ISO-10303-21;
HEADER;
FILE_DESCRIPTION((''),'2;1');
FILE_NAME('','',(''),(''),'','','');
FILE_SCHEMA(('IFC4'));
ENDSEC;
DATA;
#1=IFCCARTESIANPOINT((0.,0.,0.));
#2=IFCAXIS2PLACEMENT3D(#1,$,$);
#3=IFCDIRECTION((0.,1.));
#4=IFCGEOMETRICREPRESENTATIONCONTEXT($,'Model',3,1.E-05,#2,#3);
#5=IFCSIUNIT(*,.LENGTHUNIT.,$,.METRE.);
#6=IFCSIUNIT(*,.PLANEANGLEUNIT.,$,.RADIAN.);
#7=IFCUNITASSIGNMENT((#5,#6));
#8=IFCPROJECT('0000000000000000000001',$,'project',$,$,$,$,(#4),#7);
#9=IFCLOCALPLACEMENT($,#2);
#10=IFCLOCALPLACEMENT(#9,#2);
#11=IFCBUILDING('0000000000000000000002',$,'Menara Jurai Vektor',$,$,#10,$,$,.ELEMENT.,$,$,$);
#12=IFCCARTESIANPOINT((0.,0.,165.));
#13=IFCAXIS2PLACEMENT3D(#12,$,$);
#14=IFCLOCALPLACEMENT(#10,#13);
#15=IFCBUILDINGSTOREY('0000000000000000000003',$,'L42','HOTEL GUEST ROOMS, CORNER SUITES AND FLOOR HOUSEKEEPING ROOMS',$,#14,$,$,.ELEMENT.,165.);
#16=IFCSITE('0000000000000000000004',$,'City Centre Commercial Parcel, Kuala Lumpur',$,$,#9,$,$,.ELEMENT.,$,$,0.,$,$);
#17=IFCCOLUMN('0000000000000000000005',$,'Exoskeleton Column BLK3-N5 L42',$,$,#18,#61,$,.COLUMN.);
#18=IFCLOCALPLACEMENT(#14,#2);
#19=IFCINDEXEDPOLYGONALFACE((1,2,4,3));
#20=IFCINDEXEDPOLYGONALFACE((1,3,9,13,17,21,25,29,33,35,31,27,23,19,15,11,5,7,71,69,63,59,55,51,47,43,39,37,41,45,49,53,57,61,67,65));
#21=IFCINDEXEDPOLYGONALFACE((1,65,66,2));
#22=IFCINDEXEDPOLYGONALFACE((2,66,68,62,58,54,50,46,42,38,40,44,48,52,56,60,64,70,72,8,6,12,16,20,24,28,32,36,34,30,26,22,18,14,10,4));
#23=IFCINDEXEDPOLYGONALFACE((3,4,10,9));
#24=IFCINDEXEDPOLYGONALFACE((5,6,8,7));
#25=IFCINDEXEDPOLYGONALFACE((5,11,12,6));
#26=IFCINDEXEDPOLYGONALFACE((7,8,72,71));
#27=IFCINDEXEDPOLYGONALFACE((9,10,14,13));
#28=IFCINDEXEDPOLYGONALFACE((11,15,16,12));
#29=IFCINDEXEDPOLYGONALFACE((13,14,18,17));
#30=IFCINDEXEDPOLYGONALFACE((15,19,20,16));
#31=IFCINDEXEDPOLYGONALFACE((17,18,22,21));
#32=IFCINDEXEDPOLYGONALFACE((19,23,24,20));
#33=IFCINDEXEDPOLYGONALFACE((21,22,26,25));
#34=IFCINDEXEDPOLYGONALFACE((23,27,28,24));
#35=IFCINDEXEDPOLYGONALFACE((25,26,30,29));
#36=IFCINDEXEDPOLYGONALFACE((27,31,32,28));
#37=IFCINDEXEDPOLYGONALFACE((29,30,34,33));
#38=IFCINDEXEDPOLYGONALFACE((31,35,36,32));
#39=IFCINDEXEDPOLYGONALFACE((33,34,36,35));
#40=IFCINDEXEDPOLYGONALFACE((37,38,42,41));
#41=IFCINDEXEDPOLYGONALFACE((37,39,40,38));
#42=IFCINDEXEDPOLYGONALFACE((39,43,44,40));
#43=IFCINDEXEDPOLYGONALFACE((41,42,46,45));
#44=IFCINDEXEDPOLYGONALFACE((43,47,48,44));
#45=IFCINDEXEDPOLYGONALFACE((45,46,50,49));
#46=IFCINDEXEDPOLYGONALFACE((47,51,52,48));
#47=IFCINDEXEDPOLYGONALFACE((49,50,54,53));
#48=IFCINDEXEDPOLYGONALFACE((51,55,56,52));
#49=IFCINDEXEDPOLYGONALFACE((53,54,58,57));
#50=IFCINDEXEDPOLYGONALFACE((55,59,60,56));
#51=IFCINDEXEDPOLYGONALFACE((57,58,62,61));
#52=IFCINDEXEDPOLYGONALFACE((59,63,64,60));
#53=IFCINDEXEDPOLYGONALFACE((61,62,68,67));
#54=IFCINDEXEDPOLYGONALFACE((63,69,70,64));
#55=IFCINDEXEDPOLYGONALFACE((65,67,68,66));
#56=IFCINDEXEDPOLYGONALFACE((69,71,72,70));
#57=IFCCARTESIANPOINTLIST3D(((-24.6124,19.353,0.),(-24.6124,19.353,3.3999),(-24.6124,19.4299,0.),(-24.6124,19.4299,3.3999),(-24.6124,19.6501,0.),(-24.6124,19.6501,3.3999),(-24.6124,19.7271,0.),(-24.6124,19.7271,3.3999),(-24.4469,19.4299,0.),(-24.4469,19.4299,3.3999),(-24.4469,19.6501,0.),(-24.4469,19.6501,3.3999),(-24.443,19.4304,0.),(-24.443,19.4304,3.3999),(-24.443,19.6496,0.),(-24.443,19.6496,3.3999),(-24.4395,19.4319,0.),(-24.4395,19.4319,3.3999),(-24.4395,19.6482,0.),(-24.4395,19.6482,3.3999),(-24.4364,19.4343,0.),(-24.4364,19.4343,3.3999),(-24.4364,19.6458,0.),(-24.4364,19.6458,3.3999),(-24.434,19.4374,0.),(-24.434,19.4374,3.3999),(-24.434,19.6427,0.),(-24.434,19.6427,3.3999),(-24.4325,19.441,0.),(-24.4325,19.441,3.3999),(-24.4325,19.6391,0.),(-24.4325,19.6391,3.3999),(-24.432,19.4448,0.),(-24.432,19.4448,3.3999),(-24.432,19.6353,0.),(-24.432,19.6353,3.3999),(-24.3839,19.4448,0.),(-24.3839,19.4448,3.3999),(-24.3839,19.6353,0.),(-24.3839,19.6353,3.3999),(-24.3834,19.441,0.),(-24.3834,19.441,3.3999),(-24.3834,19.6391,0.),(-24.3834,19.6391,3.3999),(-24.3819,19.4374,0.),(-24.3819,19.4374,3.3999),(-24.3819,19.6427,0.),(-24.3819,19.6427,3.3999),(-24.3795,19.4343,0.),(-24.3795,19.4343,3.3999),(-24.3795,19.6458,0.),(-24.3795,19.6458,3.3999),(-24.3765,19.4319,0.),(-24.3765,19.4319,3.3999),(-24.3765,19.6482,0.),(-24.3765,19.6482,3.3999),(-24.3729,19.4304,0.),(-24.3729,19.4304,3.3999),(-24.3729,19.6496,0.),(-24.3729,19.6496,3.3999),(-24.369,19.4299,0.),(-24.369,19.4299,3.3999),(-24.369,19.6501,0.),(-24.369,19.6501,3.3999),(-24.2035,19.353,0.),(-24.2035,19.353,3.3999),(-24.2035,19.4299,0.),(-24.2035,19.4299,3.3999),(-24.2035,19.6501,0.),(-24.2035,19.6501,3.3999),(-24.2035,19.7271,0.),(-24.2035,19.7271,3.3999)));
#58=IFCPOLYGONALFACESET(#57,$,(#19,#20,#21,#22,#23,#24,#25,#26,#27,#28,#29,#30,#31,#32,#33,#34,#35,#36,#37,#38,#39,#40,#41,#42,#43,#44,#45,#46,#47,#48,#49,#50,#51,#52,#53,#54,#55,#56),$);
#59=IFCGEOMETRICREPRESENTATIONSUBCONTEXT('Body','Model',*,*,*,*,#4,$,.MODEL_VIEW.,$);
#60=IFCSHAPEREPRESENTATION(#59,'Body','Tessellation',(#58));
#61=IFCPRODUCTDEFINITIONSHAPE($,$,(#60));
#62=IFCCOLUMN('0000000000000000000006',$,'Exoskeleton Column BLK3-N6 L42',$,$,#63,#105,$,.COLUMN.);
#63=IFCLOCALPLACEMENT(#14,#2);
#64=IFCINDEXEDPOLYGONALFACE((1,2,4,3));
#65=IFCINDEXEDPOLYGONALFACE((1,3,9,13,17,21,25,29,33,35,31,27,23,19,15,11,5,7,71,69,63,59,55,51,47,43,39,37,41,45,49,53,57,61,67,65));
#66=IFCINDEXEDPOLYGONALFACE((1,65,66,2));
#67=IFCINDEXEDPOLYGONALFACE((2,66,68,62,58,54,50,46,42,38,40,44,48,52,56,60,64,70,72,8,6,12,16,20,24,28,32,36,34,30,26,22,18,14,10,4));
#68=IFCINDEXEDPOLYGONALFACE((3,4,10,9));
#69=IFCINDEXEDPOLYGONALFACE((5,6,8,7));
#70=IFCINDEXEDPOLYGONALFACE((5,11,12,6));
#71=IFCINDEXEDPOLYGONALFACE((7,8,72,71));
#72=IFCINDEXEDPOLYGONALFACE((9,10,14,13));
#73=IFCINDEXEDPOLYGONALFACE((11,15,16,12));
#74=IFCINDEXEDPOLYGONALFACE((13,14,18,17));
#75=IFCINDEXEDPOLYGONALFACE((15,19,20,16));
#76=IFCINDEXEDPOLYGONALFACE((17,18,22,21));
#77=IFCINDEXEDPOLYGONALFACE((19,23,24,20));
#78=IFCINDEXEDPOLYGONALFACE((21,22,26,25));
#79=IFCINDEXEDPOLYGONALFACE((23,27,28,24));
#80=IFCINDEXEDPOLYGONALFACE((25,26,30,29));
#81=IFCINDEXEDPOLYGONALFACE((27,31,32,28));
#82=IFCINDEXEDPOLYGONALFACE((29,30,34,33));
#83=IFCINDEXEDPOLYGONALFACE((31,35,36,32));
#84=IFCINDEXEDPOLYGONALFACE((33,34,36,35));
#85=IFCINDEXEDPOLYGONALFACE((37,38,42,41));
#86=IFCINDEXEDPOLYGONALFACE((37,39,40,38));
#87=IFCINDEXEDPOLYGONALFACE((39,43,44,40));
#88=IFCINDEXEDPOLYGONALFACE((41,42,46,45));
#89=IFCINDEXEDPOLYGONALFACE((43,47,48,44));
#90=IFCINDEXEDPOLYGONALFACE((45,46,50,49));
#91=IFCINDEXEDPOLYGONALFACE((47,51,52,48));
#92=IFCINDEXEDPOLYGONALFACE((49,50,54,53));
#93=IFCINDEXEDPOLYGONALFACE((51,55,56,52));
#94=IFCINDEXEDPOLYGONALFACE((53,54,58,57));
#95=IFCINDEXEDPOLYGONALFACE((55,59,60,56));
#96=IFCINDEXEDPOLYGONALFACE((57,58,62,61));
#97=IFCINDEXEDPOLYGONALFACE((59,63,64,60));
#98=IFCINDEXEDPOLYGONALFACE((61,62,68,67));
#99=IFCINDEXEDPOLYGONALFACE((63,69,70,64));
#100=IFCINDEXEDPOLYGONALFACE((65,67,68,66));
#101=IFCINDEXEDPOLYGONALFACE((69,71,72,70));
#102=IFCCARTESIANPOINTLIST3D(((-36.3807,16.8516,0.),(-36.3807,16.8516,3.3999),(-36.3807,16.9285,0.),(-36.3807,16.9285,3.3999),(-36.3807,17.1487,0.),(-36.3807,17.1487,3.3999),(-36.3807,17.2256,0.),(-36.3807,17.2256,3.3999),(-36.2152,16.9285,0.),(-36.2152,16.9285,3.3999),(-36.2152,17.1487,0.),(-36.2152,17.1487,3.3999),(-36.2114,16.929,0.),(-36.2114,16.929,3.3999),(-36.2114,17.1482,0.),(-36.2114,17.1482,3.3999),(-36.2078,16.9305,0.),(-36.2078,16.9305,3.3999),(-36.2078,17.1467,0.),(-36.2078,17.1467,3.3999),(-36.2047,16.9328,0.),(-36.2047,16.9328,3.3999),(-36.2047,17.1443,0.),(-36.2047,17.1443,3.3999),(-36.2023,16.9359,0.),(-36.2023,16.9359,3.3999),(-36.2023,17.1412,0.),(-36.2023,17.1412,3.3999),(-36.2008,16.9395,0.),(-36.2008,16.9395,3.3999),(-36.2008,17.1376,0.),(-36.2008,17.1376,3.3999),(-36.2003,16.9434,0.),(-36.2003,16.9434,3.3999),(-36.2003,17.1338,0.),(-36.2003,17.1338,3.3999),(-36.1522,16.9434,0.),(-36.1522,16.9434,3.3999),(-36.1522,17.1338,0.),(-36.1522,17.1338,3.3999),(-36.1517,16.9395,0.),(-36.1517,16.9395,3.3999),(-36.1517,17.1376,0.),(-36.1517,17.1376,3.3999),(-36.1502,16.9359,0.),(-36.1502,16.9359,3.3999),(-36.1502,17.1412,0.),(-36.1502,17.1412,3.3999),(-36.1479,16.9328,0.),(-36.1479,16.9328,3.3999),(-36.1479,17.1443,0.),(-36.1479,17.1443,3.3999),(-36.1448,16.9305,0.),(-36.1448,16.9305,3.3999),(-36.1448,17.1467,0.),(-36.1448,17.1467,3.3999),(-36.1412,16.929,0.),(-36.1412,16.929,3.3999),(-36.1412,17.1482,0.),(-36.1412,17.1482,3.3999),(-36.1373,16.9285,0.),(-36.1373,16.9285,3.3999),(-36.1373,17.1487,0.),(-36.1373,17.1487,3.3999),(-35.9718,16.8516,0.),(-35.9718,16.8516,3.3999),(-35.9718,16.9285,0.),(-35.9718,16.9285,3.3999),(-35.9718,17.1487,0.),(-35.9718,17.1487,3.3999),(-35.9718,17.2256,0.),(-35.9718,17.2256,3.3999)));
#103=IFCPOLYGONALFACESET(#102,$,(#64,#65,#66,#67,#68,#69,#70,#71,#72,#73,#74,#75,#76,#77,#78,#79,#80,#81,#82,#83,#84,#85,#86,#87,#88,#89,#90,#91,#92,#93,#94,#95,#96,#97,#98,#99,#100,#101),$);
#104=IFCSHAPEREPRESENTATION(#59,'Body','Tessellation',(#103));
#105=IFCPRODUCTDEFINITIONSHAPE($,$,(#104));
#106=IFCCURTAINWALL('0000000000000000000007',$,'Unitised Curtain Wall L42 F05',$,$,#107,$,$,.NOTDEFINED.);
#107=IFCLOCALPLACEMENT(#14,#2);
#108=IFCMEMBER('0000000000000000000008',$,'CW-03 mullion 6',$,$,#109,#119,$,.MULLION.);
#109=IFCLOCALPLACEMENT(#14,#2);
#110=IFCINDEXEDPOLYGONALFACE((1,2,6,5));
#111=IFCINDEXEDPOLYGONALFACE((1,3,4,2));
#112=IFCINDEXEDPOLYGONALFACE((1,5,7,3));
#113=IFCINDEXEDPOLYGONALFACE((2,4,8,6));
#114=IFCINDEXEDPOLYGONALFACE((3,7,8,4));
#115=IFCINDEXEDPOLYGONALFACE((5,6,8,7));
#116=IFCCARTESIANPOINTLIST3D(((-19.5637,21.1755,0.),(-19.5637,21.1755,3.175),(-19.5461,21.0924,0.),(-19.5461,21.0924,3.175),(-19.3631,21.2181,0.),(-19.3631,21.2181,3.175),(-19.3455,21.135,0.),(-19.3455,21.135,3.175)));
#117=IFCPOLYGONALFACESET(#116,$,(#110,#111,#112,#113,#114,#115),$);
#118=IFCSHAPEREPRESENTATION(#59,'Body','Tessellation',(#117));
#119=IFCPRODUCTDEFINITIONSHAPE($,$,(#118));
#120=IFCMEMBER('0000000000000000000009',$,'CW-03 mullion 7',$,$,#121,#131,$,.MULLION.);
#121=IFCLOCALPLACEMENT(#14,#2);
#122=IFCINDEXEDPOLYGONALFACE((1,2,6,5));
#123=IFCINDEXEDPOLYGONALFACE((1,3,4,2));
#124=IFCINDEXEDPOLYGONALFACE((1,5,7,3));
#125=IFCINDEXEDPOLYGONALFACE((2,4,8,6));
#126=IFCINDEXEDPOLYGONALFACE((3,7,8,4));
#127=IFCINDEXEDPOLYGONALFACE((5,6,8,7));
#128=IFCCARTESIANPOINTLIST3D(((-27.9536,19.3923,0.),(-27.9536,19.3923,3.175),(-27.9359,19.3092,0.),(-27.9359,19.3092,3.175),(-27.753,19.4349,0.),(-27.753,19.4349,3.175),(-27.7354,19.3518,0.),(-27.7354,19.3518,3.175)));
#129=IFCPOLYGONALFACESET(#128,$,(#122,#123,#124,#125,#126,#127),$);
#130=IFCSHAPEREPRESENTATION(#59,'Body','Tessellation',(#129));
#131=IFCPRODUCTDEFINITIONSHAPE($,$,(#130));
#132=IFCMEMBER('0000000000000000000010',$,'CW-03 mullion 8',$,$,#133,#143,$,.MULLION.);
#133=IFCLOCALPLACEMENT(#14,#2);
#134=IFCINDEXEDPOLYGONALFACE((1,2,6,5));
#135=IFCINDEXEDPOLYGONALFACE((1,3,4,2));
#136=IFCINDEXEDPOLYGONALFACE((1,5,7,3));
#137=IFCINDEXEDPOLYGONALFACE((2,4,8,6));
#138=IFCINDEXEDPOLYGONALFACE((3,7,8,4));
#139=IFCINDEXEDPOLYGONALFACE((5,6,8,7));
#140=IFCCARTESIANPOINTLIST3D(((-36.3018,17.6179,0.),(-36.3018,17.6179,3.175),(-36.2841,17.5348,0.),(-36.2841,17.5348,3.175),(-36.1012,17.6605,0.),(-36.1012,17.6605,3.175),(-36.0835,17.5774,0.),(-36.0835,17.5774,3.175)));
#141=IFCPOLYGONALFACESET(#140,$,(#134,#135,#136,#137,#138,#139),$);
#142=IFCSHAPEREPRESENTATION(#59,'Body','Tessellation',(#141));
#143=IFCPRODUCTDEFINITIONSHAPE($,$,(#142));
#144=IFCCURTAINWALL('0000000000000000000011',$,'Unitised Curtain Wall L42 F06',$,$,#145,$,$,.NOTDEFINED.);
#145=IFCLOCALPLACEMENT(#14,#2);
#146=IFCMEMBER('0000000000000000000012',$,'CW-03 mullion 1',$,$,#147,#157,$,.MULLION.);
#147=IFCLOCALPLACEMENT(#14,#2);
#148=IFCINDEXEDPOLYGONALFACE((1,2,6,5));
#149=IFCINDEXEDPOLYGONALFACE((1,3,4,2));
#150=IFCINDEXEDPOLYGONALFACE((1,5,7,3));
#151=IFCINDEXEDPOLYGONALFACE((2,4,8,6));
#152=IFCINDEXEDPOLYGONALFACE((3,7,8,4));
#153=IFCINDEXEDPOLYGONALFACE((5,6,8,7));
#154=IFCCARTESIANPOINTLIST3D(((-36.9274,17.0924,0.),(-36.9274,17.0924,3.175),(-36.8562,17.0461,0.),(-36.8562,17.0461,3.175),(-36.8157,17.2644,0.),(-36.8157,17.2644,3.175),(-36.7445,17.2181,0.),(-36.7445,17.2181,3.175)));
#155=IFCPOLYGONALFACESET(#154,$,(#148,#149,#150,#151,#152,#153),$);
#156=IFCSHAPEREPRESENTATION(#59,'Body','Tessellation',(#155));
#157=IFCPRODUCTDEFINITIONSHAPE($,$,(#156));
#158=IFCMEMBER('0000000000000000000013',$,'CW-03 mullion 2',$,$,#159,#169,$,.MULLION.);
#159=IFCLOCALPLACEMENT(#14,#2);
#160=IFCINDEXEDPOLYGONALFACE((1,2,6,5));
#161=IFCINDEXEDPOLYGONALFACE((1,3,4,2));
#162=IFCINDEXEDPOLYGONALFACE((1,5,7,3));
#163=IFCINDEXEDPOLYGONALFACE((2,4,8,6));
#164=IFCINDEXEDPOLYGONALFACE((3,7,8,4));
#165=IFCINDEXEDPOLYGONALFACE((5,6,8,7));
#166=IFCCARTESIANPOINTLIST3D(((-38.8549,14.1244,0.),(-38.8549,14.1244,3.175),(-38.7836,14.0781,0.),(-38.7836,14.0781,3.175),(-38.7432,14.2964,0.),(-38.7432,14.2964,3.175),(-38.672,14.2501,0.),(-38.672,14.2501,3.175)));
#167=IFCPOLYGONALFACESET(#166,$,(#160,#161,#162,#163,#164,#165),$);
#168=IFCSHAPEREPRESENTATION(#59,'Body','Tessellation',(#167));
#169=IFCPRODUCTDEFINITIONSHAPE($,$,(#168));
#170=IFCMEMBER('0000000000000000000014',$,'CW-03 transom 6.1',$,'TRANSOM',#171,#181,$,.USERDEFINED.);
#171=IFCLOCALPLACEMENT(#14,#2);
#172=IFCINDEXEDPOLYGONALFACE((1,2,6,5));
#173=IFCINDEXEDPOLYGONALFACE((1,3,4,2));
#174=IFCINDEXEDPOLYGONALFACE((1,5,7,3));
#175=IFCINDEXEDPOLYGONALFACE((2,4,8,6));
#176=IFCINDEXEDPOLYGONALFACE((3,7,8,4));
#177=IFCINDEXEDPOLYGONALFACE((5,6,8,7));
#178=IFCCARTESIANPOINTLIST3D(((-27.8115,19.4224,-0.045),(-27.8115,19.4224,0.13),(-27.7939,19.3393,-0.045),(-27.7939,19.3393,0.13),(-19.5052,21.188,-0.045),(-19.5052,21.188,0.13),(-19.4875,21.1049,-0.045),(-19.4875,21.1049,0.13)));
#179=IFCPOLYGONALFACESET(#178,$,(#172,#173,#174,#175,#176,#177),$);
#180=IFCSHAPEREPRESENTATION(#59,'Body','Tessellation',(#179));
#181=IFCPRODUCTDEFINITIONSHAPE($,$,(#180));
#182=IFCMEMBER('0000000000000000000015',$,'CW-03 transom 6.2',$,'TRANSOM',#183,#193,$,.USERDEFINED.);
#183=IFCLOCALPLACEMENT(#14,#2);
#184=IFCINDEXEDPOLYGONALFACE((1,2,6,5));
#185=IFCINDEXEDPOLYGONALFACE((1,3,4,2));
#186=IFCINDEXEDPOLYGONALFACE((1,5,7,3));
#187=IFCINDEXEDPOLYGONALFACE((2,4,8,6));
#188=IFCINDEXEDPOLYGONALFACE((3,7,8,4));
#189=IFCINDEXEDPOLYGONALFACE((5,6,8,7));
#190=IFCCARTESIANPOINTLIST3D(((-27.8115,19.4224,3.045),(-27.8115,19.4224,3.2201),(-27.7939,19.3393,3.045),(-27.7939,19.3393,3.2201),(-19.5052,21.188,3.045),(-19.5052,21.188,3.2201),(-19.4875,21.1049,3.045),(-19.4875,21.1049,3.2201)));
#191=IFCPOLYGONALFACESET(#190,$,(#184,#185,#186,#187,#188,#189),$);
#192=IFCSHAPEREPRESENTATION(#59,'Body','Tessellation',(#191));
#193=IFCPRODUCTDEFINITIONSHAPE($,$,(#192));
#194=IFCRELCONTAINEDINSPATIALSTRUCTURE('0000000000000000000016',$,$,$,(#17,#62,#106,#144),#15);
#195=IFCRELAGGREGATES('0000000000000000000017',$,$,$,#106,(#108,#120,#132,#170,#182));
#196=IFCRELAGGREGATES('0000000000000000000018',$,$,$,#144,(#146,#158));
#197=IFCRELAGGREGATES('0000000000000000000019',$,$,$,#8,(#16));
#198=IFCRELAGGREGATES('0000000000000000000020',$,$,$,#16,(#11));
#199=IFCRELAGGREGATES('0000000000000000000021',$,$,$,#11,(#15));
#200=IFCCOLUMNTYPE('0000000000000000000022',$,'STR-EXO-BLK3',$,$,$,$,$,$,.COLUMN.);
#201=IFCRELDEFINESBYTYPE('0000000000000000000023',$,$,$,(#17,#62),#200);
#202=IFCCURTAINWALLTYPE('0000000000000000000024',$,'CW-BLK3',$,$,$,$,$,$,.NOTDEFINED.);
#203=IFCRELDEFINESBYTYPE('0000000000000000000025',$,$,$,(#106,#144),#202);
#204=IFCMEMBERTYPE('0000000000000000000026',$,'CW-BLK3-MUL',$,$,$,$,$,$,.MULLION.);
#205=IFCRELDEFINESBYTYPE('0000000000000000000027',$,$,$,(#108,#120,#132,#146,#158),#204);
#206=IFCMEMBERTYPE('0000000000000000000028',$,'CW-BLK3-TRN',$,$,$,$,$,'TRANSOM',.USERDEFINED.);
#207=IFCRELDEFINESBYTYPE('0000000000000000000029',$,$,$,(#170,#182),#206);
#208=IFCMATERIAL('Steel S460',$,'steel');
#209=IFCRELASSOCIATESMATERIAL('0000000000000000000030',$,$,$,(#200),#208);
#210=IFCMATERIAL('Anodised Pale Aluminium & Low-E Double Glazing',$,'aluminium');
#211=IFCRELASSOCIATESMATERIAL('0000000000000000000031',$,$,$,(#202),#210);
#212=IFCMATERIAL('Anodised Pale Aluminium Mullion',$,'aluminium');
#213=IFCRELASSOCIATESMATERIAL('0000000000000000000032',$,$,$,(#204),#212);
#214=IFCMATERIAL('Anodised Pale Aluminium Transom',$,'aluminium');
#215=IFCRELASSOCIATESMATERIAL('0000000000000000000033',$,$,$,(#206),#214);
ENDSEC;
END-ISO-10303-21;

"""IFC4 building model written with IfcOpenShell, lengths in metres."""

from ifc_helpers import new_model, si_unit, direction, frame, origin, origin_2d, place, context, subcontext, project, spatial, rectangle, i_section, extrude, material, material_profile, profile_set, type_object, element, aggregate, save


model = new_model("IFC4")

# Units and contexts
model_context = context("Model", 3, precision=1e-05, world=origin(), true_north=direction((0.0, 1.0)))
body_context = subcontext(model_context, "Body", "Model", "MODEL_VIEW")
ifc_project = project(units=[si_unit("LENGTHUNIT", "METRE"), si_unit("PLANEANGLEUNIT", "RADIAN")], contexts=[model_context])

# Site, building, storey
site_placement = place(None, origin())
site = spatial("IfcSite", under=ifc_project, at=site_placement, Name="City Centre Commercial Parcel, Kuala Lumpur", CompositionType="ELEMENT", RefElevation=0.0)
building_placement = place(site_placement, origin())
building = spatial("IfcBuilding", under=site, at=building_placement, Name="Menara Jurai Vektor", CompositionType="ELEMENT")
storey_placement = place(building_placement, frame((0.0, 0.0, 165.0)))
storey = spatial("IfcBuildingStorey", under=building, at=storey_placement, Name="L42", Description="HOTEL GUEST ROOMS, CORNER SUITES AND FLOOR HOUSEKEEPING ROOMS", CompositionType="ELEMENT", Elevation=165.0)

# Columns
ifc_material_1 = material(Name="Steel S460", Category="steel")
ifc_material_profile_1 = material_profile(ifc_material_1, i_section(OverallWidth=0.4089, OverallDepth=0.374, WebThickness=0.0481, FlangeThickness=0.0769, FilletRadius=0.0149, at=origin_2d()), Name="HD 400x634")
ifc_profile_set_1 = profile_set([ifc_material_profile_1], Name="Steel S460")
column_type = type_object("IfcColumnType", Name="STR-EXO-BLK3", PredefinedType="COLUMN", material=ifc_profile_set_1)
for number, where, z_axis, x_axis, name in (
    (1, (-24.408, 19.54, 0.0), (0.0, 0.0, 1.0), (1.0, 0.0, 0.0), "Exoskeleton Column BLK3-N5 L42"),
    (2, (-36.1763, 17.0386, 0.0), (0.0, 0.0, 1.0), (1.0, 0.0, 0.0), "Exoskeleton Column BLK3-N6 L42"),
):
    element("IfcColumn", number, at=place(storey_placement, frame(where, z_axis=z_axis, x_axis=x_axis)), inside=storey, type_object=column_type, Name=name, PredefinedType="COLUMN", context=body_context, shape_type="SweptSolid", body=[
        extrude(i_section(OverallWidth=0.4089, OverallDepth=0.374, WebThickness=0.0481, FlangeThickness=0.0769, FilletRadius=0.0149, at=origin_2d()), origin(), (0.0, 0.0, 1.0), 3.3999),
    ])

# Curtain walls, members
ifc_material_2 = material(Name="Anodised Pale Aluminium & Low-E Double Glazing", Category="aluminium")
curtain_wall_type = type_object("IfcCurtainWallType", Name="CW-BLK3", PredefinedType="NOTDEFINED", material=ifc_material_2)
curtain_wall_1_placement = place(storey_placement, origin())
curtain_wall_1 = element("IfcCurtainWall", 3, at=curtain_wall_1_placement, inside=storey, type_object=curtain_wall_type, Name="Unitised Curtain Wall L42 F05", PredefinedType="NOTDEFINED")
ifc_material_3 = material(Name="Anodised Pale Aluminium Mullion", Category="aluminium")
ifc_material_profile_2 = material_profile(ifc_material_3, rectangle(XDim=0.085, YDim=0.2051, at=origin_2d()), Name="ALU MUL 85x205")
ifc_profile_set_2 = profile_set([ifc_material_profile_2], Name="Anodised Pale Aluminium Mullion")
member_type_1 = type_object("IfcMemberType", Name="CW-BLK3-MUL", PredefinedType="MULLION", material=ifc_profile_set_2)
member_1_placement = place(storey_placement, frame((-19.4546, 21.1553, 0.0), z_axis=(0.0, 0.0, 1.0), x_axis=(0.207911, -0.978148, 0.0)))
member_1 = element("IfcMember", 4, at=member_1_placement, type_object=member_type_1, Name="CW-03 mullion 6", PredefinedType="MULLION", context=body_context, shape_type="SweptSolid", body=[
    extrude(rectangle(XDim=0.085, YDim=0.2051, at=origin_2d()), origin(), (0.0, 0.0, 1.0), 3.175),
])
member_2_placement = place(storey_placement, frame((-27.8445, 19.3721, 0.0), z_axis=(0.0, 0.0, 1.0), x_axis=(0.207911, -0.978148, 0.0)))
member_2 = element("IfcMember", 5, at=member_2_placement, type_object=member_type_1, Name="CW-03 mullion 7", PredefinedType="MULLION", context=body_context, shape_type="SweptSolid", body=[
    extrude(rectangle(XDim=0.085, YDim=0.2051, at=origin_2d()), origin(), (0.0, 0.0, 1.0), 3.175),
])
member_3_placement = place(storey_placement, frame((-36.1926, 17.5977, 0.0), z_axis=(0.0, 0.0, 1.0), x_axis=(0.207911, -0.978148, 0.0)))
member_3 = element("IfcMember", 6, at=member_3_placement, type_object=member_type_1, Name="CW-03 mullion 8", PredefinedType="MULLION", context=body_context, shape_type="SweptSolid", body=[
    extrude(rectangle(XDim=0.085, YDim=0.2051, at=origin_2d()), origin(), (0.0, 0.0, 1.0), 3.175),
])
curtain_wall_2_placement = place(storey_placement, origin())
curtain_wall_2 = element("IfcCurtainWall", 7, at=curtain_wall_2_placement, inside=storey, type_object=curtain_wall_type, Name="Unitised Curtain Wall L42 F06", PredefinedType="NOTDEFINED")
member_4_placement = place(storey_placement, frame((-36.8359, 17.1553, 0.0), z_axis=(0.0, 0.0, 1.0), x_axis=(0.838684, -0.544618, 0.0)))
member_4 = element("IfcMember", 8, at=member_4_placement, type_object=member_type_1, Name="CW-03 mullion 1", PredefinedType="MULLION", context=body_context, shape_type="SweptSolid", body=[
    extrude(rectangle(XDim=0.085, YDim=0.2051, at=origin_2d()), origin(), (0.0, 0.0, 1.0), 3.175),
])
member_5_placement = place(storey_placement, frame((-38.7634, 14.1873, 0.0), z_axis=(0.0, 0.0, 1.0), x_axis=(0.838684, -0.544618, 0.0)))
member_5 = element("IfcMember", 9, at=member_5_placement, type_object=member_type_1, Name="CW-03 mullion 2", PredefinedType="MULLION", context=body_context, shape_type="SweptSolid", body=[
    extrude(rectangle(XDim=0.085, YDim=0.2051, at=origin_2d()), origin(), (0.0, 0.0, 1.0), 3.175),
])

# Members
ifc_material_4 = material(Name="Anodised Pale Aluminium Transom", Category="aluminium")
ifc_material_profile_3 = material_profile(ifc_material_4, rectangle(XDim=0.085, YDim=0.175, at=origin_2d()), Name="ALU TRN 85x175")
ifc_profile_set_3 = profile_set([ifc_material_profile_3], Name="Anodised Pale Aluminium Transom")
member_type_2 = type_object("IfcMemberType", Name="CW-BLK3-TRN", ElementType="TRANSOM", PredefinedType="USERDEFINED", material=ifc_profile_set_3)
member_6_placement = place(storey_placement, frame((-19.4963, 21.1465, 0.0425), z_axis=(-0.978147, -0.207917, 0.0), x_axis=(0.207917, -0.978147, 0.0)))
member_6 = element("IfcMember", 10, at=member_6_placement, type_object=member_type_2, Name="CW-03 transom 6.1", ObjectType="TRANSOM", PredefinedType="USERDEFINED", context=body_context, shape_type="SweptSolid", body=[
    extrude(rectangle(XDim=0.085, YDim=0.175, at=origin_2d()), origin(), (0.0, 0.0, 1.0), 8.4919),
])
member_7_placement = place(storey_placement, frame((-19.4963, 21.1465, 3.1326), z_axis=(-0.978147, -0.207917, 0.0), x_axis=(0.207917, -0.978147, 0.0)))
member_7 = element("IfcMember", 11, at=member_7_placement, type_object=member_type_2, Name="CW-03 transom 6.2", ObjectType="TRANSOM", PredefinedType="USERDEFINED", context=body_context, shape_type="SweptSolid", body=[
    extrude(rectangle(XDim=0.085, YDim=0.175, at=origin_2d()), origin(), (0.0, 0.0, 1.0), 8.4919),
])

aggregate(curtain_wall_1, [member_1, member_2, member_3, member_6, member_7])
aggregate(curtain_wall_2, [member_4, member_5])

save(model, "model.ifc")
